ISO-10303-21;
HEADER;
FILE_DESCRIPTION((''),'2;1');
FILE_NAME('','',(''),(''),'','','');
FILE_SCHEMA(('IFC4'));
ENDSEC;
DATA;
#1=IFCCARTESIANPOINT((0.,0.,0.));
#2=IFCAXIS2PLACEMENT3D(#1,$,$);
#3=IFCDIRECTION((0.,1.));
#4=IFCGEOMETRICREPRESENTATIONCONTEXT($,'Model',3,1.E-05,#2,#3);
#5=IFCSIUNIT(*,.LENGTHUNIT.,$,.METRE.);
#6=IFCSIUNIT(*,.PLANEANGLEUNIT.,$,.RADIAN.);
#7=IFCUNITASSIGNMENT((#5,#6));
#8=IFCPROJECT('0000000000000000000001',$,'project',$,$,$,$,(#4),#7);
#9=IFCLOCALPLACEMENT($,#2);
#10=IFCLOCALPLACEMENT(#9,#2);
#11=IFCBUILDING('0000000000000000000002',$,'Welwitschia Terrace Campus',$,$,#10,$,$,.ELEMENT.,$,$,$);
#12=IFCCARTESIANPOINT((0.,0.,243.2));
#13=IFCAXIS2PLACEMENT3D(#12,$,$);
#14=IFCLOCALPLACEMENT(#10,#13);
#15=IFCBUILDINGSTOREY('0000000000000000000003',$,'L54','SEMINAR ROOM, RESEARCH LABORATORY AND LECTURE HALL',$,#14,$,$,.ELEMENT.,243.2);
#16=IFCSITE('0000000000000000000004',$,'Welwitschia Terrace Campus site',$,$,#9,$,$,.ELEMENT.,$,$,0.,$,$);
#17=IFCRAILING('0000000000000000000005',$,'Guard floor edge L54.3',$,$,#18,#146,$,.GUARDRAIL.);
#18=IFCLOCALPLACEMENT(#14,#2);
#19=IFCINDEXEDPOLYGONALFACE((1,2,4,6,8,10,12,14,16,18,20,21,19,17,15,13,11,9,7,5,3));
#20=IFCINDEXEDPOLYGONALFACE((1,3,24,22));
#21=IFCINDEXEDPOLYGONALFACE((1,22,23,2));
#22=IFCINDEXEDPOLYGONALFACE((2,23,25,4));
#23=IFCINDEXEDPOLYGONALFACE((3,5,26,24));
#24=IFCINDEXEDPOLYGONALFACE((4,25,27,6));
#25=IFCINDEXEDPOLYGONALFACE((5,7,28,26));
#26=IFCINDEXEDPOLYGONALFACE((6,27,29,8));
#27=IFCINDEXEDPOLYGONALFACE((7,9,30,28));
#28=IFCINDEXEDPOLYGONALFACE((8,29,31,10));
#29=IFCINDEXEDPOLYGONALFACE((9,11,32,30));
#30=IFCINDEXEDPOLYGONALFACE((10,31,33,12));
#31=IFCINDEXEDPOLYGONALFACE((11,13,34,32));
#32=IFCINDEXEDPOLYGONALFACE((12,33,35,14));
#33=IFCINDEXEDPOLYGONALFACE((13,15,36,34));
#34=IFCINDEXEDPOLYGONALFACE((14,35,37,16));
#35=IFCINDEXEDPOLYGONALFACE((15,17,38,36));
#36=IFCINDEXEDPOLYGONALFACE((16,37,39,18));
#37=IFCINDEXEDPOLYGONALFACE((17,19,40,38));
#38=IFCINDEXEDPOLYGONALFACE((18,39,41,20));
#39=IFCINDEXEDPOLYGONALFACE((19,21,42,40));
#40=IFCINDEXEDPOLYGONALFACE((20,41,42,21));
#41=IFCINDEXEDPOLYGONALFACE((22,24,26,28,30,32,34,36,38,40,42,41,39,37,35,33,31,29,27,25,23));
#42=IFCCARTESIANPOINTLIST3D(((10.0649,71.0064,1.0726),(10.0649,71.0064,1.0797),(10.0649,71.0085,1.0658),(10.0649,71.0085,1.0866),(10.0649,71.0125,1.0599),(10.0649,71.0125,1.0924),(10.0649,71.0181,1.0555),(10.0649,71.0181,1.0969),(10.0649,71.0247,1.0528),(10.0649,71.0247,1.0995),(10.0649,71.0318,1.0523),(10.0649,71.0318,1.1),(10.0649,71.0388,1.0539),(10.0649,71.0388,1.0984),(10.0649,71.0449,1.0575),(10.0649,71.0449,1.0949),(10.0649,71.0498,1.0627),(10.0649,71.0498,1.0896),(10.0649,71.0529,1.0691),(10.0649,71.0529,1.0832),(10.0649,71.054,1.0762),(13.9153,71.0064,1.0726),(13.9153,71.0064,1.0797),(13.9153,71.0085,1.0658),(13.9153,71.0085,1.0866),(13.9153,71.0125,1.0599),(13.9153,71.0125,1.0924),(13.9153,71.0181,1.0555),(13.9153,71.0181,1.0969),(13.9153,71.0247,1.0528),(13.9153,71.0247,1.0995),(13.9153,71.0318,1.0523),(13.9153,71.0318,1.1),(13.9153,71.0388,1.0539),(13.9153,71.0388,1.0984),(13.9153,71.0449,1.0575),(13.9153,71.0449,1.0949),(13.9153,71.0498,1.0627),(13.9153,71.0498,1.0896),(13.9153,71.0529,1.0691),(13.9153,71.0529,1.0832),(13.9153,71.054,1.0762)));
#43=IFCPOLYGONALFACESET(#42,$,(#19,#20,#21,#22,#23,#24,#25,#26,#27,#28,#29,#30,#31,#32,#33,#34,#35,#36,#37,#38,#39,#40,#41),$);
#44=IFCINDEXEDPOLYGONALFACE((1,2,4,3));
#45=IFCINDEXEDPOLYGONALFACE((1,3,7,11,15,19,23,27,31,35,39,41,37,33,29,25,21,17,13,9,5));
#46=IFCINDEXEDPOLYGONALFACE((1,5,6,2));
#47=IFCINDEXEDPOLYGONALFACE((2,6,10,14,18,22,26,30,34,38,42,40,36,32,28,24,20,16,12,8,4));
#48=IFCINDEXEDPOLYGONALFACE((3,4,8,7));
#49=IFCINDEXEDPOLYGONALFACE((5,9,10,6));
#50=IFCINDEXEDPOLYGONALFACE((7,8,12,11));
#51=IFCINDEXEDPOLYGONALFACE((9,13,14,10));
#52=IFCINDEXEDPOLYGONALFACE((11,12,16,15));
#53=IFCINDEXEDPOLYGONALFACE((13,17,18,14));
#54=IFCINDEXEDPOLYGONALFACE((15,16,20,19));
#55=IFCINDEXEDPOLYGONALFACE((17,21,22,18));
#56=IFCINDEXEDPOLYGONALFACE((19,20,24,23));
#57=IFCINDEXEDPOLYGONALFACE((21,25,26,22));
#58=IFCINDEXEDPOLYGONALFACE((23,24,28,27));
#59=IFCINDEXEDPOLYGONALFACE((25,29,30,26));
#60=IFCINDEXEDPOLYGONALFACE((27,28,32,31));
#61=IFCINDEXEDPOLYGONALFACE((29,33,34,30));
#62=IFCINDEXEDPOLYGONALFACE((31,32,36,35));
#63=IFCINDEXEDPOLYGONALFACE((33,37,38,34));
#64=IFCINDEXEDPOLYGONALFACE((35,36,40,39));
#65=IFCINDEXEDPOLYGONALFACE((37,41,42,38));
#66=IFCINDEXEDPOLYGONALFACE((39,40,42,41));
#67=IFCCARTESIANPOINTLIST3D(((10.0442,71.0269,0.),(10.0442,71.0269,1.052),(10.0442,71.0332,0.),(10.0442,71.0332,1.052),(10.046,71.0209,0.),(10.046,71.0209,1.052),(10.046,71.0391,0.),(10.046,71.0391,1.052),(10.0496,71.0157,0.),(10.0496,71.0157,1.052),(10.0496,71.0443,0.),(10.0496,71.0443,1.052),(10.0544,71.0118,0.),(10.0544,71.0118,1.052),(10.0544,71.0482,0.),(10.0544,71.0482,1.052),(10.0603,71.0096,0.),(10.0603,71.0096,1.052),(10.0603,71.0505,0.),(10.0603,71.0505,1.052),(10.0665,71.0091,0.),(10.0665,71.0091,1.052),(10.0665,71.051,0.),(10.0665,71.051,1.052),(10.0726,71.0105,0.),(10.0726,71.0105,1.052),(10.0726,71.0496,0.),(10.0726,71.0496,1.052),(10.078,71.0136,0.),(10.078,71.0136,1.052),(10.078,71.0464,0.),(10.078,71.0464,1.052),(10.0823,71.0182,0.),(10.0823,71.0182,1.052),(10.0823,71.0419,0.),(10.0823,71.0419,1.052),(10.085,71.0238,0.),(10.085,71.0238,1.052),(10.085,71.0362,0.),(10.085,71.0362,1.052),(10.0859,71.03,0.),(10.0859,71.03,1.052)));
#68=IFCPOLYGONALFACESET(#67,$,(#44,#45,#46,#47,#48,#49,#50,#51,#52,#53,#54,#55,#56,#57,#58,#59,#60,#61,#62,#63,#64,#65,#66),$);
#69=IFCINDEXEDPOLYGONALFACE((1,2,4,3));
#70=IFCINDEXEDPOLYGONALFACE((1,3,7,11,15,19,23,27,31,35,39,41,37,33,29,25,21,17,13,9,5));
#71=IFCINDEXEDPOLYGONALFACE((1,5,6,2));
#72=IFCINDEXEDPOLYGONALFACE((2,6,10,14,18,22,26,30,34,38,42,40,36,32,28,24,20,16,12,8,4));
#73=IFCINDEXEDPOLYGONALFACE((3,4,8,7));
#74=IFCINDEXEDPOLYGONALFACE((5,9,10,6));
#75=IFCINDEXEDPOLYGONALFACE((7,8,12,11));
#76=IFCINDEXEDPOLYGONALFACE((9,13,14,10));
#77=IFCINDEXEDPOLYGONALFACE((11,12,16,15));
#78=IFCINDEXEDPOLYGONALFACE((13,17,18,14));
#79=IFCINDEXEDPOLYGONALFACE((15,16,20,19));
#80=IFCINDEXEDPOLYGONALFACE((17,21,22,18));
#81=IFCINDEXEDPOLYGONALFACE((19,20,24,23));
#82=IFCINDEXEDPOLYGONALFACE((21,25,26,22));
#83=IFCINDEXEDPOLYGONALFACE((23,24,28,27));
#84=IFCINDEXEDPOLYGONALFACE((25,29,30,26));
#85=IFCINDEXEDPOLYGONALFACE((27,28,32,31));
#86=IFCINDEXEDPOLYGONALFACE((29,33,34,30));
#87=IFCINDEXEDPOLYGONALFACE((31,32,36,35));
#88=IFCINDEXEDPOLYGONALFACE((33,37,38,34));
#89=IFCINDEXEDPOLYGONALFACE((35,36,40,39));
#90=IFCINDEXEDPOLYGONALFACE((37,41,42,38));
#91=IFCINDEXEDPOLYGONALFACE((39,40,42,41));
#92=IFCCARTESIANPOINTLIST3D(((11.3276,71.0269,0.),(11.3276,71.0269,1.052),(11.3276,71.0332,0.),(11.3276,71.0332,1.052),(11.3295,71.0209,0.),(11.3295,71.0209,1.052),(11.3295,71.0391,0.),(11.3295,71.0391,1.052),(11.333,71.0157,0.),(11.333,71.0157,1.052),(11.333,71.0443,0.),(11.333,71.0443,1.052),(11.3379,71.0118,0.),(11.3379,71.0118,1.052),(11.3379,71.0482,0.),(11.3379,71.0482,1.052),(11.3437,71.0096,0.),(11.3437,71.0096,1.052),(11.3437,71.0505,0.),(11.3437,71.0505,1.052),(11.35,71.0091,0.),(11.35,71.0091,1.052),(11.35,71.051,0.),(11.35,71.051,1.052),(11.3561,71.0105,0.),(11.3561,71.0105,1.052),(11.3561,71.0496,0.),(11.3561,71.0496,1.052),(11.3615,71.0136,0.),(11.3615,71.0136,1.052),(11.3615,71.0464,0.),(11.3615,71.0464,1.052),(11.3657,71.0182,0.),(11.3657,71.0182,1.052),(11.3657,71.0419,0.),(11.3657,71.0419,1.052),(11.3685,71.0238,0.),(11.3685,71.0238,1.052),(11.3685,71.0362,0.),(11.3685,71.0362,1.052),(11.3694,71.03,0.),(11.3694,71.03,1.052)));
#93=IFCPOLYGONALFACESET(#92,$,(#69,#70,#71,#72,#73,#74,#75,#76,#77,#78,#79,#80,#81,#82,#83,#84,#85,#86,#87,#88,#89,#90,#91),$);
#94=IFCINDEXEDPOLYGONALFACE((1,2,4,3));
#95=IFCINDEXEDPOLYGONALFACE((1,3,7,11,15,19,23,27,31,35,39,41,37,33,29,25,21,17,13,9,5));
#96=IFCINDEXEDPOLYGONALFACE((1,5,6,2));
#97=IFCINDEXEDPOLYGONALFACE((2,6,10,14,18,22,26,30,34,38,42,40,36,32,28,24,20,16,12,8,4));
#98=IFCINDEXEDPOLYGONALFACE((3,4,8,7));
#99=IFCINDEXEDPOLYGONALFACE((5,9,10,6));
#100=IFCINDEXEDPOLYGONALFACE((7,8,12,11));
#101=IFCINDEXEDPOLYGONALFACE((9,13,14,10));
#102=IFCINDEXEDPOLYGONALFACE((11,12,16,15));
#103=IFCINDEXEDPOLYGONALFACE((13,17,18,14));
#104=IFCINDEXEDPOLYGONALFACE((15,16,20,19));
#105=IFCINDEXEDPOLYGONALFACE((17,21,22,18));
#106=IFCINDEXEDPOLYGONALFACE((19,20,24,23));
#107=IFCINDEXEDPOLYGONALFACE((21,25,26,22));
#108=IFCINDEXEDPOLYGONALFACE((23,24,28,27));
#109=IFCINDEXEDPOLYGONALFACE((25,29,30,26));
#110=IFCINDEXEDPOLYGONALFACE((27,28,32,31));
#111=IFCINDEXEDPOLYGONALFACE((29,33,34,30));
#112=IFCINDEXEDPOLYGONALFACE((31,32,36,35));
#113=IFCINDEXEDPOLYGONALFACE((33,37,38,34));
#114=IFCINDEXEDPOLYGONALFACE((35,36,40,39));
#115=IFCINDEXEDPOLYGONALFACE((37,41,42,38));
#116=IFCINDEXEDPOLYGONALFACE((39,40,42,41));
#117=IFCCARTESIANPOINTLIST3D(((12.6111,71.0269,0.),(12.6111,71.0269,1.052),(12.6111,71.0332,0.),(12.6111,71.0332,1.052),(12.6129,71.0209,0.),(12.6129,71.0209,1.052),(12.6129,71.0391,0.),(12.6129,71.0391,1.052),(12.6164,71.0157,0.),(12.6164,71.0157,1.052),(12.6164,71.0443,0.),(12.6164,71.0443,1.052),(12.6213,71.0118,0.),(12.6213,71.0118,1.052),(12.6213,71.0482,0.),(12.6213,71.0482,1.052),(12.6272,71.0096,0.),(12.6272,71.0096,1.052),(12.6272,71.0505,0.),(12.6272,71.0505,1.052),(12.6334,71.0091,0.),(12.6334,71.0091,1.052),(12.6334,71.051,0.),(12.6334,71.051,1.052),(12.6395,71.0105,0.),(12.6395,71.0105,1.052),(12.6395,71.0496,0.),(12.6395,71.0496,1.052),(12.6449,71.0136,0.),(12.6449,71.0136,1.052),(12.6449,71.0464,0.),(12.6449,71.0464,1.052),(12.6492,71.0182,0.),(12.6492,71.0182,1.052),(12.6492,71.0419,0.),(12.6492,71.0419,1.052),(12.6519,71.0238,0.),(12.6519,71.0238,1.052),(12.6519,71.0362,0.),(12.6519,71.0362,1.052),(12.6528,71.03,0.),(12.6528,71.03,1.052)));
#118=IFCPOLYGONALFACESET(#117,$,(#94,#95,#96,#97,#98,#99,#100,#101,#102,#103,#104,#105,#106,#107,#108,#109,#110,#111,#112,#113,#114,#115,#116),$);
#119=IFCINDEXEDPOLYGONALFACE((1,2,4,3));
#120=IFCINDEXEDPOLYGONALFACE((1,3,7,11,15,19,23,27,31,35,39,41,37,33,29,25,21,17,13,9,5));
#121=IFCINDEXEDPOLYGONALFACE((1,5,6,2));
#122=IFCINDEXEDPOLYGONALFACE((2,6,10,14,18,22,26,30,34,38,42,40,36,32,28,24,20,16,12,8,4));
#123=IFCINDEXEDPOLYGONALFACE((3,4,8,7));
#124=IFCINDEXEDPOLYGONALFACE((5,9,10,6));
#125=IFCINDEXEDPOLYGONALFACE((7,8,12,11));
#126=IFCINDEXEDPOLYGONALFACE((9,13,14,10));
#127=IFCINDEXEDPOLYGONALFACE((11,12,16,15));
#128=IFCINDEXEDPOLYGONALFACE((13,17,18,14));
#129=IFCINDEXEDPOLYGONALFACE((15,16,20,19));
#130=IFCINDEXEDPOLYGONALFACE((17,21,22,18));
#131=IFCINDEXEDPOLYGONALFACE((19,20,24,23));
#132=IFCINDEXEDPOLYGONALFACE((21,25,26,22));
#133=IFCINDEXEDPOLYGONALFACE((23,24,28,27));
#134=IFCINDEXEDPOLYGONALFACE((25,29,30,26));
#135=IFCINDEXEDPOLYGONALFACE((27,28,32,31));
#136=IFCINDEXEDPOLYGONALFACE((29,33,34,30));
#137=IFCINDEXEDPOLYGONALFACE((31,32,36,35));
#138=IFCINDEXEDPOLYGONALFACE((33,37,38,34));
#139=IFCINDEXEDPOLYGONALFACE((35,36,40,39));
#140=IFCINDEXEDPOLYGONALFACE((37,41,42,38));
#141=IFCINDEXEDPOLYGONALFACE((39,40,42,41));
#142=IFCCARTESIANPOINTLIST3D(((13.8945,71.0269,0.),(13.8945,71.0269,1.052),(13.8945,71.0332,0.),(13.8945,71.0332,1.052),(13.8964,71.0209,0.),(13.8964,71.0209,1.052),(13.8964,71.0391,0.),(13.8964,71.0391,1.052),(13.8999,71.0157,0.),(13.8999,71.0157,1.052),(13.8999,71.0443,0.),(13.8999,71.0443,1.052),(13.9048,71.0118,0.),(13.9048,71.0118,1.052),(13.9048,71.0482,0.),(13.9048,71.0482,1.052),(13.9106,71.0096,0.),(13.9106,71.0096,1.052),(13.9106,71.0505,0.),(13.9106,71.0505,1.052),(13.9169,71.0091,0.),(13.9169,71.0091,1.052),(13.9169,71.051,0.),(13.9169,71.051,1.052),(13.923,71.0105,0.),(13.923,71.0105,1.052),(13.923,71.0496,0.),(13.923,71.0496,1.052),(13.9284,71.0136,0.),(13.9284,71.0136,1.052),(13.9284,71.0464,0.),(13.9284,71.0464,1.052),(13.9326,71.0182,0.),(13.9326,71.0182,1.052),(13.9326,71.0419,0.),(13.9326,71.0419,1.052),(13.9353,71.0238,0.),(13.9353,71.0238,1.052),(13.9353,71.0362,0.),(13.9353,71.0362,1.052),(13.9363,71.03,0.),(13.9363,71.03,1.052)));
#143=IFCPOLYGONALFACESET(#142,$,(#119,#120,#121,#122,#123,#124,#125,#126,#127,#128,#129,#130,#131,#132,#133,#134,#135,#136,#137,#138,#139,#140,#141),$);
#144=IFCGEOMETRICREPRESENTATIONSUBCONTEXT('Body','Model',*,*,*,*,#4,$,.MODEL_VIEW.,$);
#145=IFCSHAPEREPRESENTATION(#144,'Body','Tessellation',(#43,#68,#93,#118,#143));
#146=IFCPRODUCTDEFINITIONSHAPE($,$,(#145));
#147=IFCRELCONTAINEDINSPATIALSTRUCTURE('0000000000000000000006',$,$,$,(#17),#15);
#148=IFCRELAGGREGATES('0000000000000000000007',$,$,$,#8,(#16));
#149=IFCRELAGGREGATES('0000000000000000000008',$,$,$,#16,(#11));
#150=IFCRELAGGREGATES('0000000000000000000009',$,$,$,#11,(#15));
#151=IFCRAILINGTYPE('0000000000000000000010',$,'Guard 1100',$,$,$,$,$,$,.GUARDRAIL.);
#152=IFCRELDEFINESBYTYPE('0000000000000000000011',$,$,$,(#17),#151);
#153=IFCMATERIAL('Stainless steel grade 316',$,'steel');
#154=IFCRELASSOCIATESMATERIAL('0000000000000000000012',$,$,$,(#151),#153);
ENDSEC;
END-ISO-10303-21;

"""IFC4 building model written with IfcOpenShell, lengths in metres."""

from ifc_helpers import new_model, si_unit, direction, frame, origin, origin_2d, place, context, subcontext, project, spatial, circle, extrude, material, type_object, element, save


model = new_model("IFC4")

# Units and contexts
model_context = context("Model", 3, precision=1e-05, world=origin(), true_north=direction((0.0, 1.0)))
body_context = subcontext(model_context, "Body", "Model", "MODEL_VIEW")
ifc_project = project(units=[si_unit("LENGTHUNIT", "METRE"), si_unit("PLANEANGLEUNIT", "RADIAN")], contexts=[model_context])

# Site, building, storey
site_placement = place(None, origin())
site = spatial("IfcSite", under=ifc_project, at=site_placement, Name="Welwitschia Terrace Campus site", CompositionType="ELEMENT", RefElevation=0.0)
building_placement = place(site_placement, origin())
building = spatial("IfcBuilding", under=site, at=building_placement, Name="Welwitschia Terrace Campus", CompositionType="ELEMENT")
storey_placement = place(building_placement, frame((0.0, 0.0, 243.2)))
storey = spatial("IfcBuildingStorey", under=building, at=storey_placement, Name="L54", Description="SEMINAR ROOM, RESEARCH LABORATORY AND LECTURE HALL", CompositionType="ELEMENT", Elevation=243.2)

# Railing
ifc_material_1 = material(Name="Stainless steel grade 316", Category="steel")
railing_type = type_object("IfcRailingType", Name="Guard 1100", PredefinedType="GUARDRAIL", material=ifc_material_1)
railing_1_placement = place(storey_placement, frame((10.0649, 71.03, 0.0)))
element("IfcRailing", 1, at=railing_1_placement, inside=storey, type_object=railing_type, Name="Guard floor edge L54.3", PredefinedType="GUARDRAIL", context=body_context, shape_type="SweptSolid", body=[
    extrude(circle(Radius=0.0239, at=origin_2d()), frame((0.0, 0.0, 1.0762), z_axis=(1.0, 0.0, 0.0), x_axis=(0.0, 1.0, 0.0)), (0.0, 0.0, 1.0), 3.8503),
    extrude(circle(Radius=0.021, at=origin_2d()), origin(), (0.0, 0.0, 1.0), 1.052),
    extrude(circle(Radius=0.021, at=origin_2d()), frame((1.2834, 0.0, 0.0)), (0.0, 0.0, 1.0), 1.052),
    extrude(circle(Radius=0.021, at=origin_2d()), frame((2.5669, 0.0, 0.0)), (0.0, 0.0, 1.0), 1.052),
    extrude(circle(Radius=0.021, at=origin_2d()), frame((3.8503, 0.0, 0.0)), (0.0, 0.0, 1.0), 1.052),
])

save(model, "model.ifc")
